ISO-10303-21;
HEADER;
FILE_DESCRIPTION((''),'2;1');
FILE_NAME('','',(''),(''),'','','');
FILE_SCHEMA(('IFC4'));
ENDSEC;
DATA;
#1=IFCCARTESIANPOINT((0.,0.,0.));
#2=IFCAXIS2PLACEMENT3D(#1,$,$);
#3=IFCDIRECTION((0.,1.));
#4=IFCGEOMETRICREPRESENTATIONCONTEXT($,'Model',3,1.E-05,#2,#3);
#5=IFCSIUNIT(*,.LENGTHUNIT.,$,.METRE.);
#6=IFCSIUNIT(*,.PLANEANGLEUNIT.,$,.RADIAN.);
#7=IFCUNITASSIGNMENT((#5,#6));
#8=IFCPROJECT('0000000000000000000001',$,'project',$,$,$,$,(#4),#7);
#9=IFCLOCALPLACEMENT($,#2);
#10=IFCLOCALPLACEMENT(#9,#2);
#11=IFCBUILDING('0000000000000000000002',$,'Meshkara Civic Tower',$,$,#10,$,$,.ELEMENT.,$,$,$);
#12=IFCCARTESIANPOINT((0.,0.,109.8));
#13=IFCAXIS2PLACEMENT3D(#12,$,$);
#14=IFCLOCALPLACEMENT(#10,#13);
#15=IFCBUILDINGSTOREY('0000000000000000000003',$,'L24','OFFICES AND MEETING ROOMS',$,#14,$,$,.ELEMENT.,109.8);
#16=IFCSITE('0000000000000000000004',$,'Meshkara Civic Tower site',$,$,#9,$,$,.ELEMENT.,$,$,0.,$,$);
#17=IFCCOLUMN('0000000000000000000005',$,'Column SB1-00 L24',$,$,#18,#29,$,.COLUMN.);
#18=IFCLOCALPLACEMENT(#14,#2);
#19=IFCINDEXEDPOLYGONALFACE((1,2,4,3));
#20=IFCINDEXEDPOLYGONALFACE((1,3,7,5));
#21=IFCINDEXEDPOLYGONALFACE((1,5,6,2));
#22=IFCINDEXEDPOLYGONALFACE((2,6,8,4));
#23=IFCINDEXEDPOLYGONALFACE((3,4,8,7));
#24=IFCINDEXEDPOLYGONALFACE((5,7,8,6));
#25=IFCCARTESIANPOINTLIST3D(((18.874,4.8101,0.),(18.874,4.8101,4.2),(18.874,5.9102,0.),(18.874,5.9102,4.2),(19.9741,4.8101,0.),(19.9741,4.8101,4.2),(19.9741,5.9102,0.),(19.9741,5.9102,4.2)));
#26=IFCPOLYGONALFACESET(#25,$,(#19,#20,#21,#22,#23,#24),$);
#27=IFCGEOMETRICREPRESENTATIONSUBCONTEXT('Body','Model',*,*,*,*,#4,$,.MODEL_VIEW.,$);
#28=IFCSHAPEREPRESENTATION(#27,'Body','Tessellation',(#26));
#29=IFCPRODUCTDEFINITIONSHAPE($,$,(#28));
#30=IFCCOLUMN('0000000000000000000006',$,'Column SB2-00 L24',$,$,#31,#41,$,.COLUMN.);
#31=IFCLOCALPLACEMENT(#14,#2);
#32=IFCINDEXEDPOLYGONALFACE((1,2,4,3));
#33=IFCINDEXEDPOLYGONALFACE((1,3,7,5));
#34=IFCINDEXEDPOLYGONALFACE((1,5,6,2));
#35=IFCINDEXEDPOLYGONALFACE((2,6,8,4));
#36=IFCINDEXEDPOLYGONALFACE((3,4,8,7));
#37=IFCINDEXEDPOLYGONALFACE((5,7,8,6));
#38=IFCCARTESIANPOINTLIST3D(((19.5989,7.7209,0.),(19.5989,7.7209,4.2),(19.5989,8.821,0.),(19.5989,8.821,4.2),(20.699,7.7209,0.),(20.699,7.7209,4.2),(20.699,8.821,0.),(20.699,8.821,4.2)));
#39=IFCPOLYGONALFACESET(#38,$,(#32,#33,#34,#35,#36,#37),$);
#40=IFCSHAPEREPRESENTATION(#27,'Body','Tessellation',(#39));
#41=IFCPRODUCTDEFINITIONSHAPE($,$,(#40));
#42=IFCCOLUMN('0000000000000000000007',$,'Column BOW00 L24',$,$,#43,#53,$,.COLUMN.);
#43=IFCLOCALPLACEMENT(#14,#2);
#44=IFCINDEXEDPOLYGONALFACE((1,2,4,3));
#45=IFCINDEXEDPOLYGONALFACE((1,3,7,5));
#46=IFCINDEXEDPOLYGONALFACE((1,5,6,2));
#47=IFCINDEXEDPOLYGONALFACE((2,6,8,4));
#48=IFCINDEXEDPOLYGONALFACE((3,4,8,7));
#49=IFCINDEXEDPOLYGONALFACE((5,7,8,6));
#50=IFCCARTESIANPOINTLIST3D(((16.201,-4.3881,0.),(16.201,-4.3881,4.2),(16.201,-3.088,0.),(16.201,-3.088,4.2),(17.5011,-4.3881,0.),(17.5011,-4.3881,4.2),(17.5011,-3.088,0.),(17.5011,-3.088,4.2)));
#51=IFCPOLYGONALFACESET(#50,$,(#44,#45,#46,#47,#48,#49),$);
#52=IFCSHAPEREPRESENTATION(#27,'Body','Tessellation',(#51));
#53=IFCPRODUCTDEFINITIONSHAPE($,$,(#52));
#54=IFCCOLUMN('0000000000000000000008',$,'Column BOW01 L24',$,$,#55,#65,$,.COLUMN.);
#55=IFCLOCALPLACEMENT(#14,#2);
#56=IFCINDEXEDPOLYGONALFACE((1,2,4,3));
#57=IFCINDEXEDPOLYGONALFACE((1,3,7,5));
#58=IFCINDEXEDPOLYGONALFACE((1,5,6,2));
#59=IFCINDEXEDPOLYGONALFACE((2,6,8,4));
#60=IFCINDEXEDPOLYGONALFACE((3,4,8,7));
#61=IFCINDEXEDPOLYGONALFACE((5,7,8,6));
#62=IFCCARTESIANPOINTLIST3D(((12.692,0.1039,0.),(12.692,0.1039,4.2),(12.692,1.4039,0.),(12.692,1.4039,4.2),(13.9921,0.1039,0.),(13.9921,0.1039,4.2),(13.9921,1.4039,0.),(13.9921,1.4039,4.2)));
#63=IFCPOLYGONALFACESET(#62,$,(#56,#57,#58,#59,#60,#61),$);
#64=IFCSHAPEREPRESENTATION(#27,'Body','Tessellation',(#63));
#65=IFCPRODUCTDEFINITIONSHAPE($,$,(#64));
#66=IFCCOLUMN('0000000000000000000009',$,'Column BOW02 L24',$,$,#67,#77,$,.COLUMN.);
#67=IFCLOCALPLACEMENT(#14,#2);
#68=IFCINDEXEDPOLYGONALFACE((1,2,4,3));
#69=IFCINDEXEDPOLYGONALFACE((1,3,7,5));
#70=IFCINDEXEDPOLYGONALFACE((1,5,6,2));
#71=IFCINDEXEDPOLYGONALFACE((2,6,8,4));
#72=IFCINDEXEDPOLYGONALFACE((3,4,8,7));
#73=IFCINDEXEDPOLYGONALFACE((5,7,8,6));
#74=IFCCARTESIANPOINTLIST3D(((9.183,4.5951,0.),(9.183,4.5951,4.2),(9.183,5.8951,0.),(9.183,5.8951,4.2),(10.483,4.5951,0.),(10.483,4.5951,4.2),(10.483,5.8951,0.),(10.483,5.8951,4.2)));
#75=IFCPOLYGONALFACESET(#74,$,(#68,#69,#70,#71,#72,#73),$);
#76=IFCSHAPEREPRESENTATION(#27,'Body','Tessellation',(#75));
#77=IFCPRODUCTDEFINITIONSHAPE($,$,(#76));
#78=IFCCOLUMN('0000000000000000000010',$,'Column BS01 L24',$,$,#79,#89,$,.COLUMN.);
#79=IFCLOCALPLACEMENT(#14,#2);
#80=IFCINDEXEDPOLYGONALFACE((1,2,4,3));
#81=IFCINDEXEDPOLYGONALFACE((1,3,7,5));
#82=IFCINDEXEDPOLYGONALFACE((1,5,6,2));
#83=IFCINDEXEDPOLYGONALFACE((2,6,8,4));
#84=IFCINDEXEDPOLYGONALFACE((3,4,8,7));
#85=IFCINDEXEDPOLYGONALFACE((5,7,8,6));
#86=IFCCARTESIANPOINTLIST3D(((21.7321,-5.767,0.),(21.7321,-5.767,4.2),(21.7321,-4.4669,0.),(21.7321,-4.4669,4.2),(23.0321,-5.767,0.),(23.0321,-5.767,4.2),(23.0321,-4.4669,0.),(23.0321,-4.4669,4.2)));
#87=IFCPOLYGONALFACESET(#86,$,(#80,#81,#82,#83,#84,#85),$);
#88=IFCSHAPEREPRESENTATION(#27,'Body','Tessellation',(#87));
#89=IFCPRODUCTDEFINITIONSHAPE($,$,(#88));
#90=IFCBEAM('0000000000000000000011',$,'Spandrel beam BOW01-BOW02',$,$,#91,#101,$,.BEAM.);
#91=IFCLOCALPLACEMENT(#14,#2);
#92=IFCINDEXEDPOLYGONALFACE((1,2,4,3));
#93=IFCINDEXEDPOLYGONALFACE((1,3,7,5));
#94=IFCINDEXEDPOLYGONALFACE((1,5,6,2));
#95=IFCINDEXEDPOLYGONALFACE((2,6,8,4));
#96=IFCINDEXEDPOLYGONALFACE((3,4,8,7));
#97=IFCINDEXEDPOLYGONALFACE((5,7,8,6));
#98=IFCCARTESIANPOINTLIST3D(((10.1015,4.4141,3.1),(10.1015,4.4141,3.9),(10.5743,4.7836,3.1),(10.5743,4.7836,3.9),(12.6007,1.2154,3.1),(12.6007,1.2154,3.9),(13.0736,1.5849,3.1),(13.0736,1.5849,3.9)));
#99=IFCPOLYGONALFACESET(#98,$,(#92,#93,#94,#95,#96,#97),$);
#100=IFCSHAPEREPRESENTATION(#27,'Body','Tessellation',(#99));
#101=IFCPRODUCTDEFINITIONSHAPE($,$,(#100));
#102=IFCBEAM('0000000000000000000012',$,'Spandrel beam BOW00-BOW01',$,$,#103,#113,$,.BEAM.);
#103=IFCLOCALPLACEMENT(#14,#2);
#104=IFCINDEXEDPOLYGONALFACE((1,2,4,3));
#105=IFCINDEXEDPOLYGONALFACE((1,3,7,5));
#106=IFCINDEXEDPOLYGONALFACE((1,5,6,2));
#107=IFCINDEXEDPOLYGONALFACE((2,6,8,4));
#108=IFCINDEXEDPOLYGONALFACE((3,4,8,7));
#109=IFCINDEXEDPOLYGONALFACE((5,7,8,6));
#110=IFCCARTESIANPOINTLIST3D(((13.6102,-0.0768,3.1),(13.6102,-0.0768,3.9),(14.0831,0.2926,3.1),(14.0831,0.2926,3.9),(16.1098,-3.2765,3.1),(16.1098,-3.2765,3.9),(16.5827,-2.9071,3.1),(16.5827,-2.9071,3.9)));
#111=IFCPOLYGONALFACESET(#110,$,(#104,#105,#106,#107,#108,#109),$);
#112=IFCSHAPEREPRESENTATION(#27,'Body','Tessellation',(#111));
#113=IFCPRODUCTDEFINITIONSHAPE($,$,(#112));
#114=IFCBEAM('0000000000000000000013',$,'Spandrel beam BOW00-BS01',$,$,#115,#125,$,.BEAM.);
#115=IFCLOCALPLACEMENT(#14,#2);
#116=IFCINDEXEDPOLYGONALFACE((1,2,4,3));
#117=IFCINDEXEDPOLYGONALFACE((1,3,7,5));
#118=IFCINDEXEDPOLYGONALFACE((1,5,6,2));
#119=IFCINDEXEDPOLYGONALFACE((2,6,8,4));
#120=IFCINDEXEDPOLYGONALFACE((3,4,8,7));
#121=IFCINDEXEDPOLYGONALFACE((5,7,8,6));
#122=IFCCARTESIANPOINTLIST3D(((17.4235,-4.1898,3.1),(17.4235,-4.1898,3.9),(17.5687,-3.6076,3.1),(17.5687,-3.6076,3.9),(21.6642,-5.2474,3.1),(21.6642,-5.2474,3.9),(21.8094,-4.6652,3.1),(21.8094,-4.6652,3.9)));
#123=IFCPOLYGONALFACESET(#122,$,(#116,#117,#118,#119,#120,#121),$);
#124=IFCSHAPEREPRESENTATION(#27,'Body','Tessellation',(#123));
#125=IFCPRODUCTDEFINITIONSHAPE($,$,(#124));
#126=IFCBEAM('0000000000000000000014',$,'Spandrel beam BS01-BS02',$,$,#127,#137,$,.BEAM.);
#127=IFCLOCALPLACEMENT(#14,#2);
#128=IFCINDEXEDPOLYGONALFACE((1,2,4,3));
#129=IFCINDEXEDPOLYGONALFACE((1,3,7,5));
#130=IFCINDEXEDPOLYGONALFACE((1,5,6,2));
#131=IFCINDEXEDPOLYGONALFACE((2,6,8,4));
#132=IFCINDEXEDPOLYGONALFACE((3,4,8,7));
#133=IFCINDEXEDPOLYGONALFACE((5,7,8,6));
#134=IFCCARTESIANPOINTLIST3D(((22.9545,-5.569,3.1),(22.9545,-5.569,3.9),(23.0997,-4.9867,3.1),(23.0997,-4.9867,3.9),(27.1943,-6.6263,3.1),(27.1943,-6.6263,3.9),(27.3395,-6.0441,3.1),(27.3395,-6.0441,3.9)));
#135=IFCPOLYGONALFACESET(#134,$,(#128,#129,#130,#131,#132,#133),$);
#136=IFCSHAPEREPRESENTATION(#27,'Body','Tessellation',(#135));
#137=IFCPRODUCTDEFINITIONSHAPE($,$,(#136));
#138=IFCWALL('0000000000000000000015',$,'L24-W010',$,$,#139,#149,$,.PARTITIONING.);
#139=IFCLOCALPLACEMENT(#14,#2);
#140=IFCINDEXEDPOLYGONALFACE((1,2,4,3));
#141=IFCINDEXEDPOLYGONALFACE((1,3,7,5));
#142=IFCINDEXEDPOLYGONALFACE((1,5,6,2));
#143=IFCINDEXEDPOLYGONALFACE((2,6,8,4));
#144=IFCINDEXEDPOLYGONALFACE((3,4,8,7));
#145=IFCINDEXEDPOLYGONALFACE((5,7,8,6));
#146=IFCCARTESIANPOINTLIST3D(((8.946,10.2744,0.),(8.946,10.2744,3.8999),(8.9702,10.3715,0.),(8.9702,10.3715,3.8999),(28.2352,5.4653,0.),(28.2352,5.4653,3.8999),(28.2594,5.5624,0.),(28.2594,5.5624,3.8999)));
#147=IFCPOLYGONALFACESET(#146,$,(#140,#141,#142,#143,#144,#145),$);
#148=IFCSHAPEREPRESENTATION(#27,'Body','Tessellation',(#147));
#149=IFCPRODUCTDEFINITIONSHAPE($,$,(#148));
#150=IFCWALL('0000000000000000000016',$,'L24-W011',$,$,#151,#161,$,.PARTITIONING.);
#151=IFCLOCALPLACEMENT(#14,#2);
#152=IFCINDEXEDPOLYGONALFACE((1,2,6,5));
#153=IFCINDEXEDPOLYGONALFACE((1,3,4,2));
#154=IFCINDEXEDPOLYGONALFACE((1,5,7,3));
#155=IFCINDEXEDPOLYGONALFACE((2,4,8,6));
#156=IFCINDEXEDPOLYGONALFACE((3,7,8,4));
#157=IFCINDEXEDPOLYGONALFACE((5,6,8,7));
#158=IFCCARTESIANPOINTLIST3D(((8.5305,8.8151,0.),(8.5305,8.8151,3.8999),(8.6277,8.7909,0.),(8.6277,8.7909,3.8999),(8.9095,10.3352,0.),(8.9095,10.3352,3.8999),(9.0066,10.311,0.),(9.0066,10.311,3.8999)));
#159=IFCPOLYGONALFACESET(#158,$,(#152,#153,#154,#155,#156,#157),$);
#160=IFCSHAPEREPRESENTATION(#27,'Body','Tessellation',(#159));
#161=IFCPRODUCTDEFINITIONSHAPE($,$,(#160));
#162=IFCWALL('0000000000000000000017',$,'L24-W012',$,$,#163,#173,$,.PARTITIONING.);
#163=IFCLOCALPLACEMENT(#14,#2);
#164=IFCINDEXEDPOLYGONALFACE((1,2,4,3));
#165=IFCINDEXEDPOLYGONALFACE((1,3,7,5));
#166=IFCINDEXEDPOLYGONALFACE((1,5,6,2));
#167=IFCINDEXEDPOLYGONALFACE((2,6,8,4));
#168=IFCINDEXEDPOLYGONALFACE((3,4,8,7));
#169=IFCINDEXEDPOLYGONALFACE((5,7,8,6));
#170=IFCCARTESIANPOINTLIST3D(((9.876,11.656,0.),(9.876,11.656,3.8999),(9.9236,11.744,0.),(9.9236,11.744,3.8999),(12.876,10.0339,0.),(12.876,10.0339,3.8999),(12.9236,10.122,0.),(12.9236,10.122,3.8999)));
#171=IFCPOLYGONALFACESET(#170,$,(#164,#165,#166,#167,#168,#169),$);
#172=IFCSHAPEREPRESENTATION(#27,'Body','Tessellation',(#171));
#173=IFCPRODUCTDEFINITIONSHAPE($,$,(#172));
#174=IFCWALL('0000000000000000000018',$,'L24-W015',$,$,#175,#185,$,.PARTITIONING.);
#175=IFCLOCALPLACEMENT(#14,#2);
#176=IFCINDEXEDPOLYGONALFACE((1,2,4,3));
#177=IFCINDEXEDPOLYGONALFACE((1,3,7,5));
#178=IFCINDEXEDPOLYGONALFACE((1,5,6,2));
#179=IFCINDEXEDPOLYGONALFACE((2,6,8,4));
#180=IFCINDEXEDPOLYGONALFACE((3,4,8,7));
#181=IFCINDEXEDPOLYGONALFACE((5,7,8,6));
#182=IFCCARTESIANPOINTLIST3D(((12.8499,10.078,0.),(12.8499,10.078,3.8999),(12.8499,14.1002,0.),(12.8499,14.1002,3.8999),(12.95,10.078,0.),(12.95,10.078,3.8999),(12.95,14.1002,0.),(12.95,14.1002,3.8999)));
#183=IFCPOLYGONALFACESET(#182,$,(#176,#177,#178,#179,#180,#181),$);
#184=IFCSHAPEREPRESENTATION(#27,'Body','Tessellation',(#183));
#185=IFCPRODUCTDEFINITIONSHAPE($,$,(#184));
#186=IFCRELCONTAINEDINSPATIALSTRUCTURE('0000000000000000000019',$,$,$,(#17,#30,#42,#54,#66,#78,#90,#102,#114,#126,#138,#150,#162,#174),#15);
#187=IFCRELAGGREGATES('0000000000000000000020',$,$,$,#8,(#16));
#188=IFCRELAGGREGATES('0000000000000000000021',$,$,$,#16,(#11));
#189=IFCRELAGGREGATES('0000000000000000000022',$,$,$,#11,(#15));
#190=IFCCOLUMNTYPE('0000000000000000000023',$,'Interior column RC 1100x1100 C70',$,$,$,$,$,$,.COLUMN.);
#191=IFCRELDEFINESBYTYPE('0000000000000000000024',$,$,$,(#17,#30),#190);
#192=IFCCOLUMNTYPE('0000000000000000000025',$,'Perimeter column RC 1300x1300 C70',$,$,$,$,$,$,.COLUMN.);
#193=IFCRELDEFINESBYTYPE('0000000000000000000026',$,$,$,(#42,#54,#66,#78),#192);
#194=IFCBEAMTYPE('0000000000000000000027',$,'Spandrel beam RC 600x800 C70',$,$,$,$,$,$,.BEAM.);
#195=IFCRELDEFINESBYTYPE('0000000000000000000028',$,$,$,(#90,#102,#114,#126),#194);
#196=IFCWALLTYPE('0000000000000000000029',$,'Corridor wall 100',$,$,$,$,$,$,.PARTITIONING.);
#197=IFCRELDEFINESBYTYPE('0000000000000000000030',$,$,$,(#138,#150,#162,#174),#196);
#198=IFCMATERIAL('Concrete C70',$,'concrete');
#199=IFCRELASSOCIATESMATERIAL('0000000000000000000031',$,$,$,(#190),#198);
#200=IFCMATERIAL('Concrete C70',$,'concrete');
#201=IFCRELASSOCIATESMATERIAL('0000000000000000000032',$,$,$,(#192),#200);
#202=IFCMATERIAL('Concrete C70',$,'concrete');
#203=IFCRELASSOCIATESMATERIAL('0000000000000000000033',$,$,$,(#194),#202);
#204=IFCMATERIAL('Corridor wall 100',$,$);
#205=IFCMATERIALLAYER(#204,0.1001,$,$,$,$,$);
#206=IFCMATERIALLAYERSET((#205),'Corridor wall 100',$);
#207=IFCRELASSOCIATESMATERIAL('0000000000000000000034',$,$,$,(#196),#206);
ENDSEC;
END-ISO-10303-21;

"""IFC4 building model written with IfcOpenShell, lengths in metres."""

from ifc_helpers import new_model, si_unit, direction, frame, frame_2d, origin, origin_2d, place, context, subcontext, project, spatial, rectangle, extrude, material, layer, layer_set, material_profile, profile_set, type_object, element, save


model = new_model("IFC4")

# Units and contexts
model_context = context("Model", 3, precision=1e-05, world=origin(), true_north=direction((0.0, 1.0)))
body_context = subcontext(model_context, "Body", "Model", "MODEL_VIEW")
ifc_project = project(units=[si_unit("LENGTHUNIT", "METRE"), si_unit("PLANEANGLEUNIT", "RADIAN")], contexts=[model_context])

# Site, building, storey
site_placement = place(None, origin())
site = spatial("IfcSite", under=ifc_project, at=site_placement, Name="Meshkara Civic Tower site", CompositionType="ELEMENT", RefElevation=0.0)
building_placement = place(site_placement, origin())
building = spatial("IfcBuilding", under=site, at=building_placement, Name="Meshkara Civic Tower", CompositionType="ELEMENT")
storey_placement = place(building_placement, frame((0.0, 0.0, 109.8)))
storey = spatial("IfcBuildingStorey", under=building, at=storey_placement, Name="L24", Description="OFFICES AND MEETING ROOMS", CompositionType="ELEMENT", Elevation=109.8)

# Columns
ifc_material_1 = material(Name="Concrete C70", Category="concrete")
ifc_material_profile_1 = material_profile(ifc_material_1, rectangle(XDim=1.1001, YDim=1.1001, at=origin_2d()))
ifc_profile_set_1 = profile_set([ifc_material_profile_1], Name="Concrete C70")
column_type_1 = type_object("IfcColumnType", Name="Interior column RC 1100x1100 C70", PredefinedType="COLUMN", material=ifc_profile_set_1)
for number, where, z_axis, x_axis, name in (
    (1, (19.4241, 5.3601, 0.0), (0.0, 0.0, 1.0), (1.0, 0.0, 0.0), "Column SB1-00 L24"),
    (2, (20.1489, 8.271, 0.0), (0.0, 0.0, 1.0), (1.0, 0.0, 0.0), "Column SB2-00 L24"),
):
    element("IfcColumn", number, at=place(storey_placement, frame(where, z_axis=z_axis, x_axis=x_axis)), inside=storey, type_object=column_type_1, Name=name, PredefinedType="COLUMN", context=body_context, shape_type="SweptSolid", body=[
        extrude(rectangle(XDim=1.1001, YDim=1.1001, at=origin_2d()), origin(), (0.0, 0.0, 1.0), 4.2),
    ])
ifc_material_2 = material(Name="Concrete C70", Category="concrete")
ifc_material_profile_2 = material_profile(ifc_material_2, rectangle(XDim=1.3, YDim=1.3, at=origin_2d()))
ifc_profile_set_2 = profile_set([ifc_material_profile_2], Name="Concrete C70")
column_type_2 = type_object("IfcColumnType", Name="Perimeter column RC 1300x1300 C70", PredefinedType="COLUMN", material=ifc_profile_set_2)
for number, where, z_axis, x_axis, name in (
    (3, (16.8511, -3.738, 0.0), (0.0, 0.0, 1.0), (1.0, 0.0, 0.0), "Column BOW00 L24"),
    (4, (13.342, 0.7539, 0.0), (0.0, 0.0, 1.0), (1.0, 0.0, 0.0), "Column BOW01 L24"),
    (5, (9.833, 5.2451, 0.0), (0.0, 0.0, 1.0), (1.0, 0.0, 0.0), "Column BOW02 L24"),
    (6, (22.3821, -5.1169, 0.0), (0.0, 0.0, 1.0), (1.0, 0.0, 0.0), "Column BS01 L24"),
):
    element("IfcColumn", number, at=place(storey_placement, frame(where, z_axis=z_axis, x_axis=x_axis)), inside=storey, type_object=column_type_2, Name=name, PredefinedType="COLUMN", context=body_context, shape_type="SweptSolid", body=[
        extrude(rectangle(XDim=1.3, YDim=1.3, at=origin_2d()), origin(), (0.0, 0.0, 1.0), 4.2),
    ])

# Beams
ifc_material_3 = material(Name="Concrete C70", Category="concrete")
ifc_material_profile_3 = material_profile(ifc_material_3, rectangle(XDim=0.6001, YDim=0.8, at=origin_2d()))
ifc_profile_set_3 = profile_set([ifc_material_profile_3], Name="Concrete C70")
beam_type = type_object("IfcBeamType", Name="Spandrel beam RC 600x800 C70", PredefinedType="BEAM", material=ifc_profile_set_3)
beam_1_placement = place(storey_placement, frame((10.3379, 4.5989, 3.5), z_axis=(0.615684, -0.787993, 0.0), x_axis=(0.787993, 0.615684, 0.0)))
element("IfcBeam", 7, at=beam_1_placement, inside=storey, type_object=beam_type, Name="Spandrel beam BOW01-BOW02", PredefinedType="BEAM", context=body_context, shape_type="SweptSolid", body=[
    extrude(rectangle(XDim=0.6001, YDim=0.8, at=origin_2d()), origin(), (0.0, 0.0, 1.0), 4.0593),
])
beam_2_placement = place(storey_placement, frame((13.8467, 0.1079, 3.5), z_axis=(0.615604, -0.788055, 0.0), x_axis=(0.788055, 0.615604, 0.0)))
element("IfcBeam", 8, at=beam_2_placement, inside=storey, type_object=beam_type, Name="Spandrel beam BOW00-BOW01", PredefinedType="BEAM", context=body_context, shape_type="SweptSolid", body=[
    extrude(rectangle(XDim=0.6001, YDim=0.8, at=origin_2d()), origin(), (0.0, 0.0, 1.0), 4.0603),
])
beam_3_placement = place(storey_placement, frame((17.4961, -3.8987, 3.5), z_axis=(0.97028, -0.241984, 0.0), x_axis=(0.241984, 0.97028, 0.0)))
element("IfcBeam", 9, at=beam_3_placement, inside=storey, type_object=beam_type, Name="Spandrel beam BOW00-BS01", PredefinedType="BEAM", context=body_context, shape_type="SweptSolid", body=[
    extrude(rectangle(XDim=0.6001, YDim=0.8, at=origin_2d()), origin(), (0.0, 0.0, 1.0), 4.3706),
])
beam_4_placement = place(storey_placement, frame((23.0271, -5.2778, 3.5), z_axis=(0.97028, -0.241983, 0.0), x_axis=(0.241983, 0.97028, 0.0)))
element("IfcBeam", 10, at=beam_4_placement, inside=storey, type_object=beam_type, Name="Spandrel beam BS01-BS02", PredefinedType="BEAM", context=body_context, shape_type="SweptSolid", body=[
    extrude(rectangle(XDim=0.6001, YDim=0.8, at=origin_2d()), origin(), (0.0, 0.0, 1.0), 4.3696),
])

# Walls
ifc_material_4 = material(Name="Corridor wall 100")
ifc_layer_1 = layer(ifc_material_4, 0.1001)
ifc_layer_set_1 = layer_set([ifc_layer_1], Name="Corridor wall 100")
wall_type_1 = type_object("IfcWallType", Name="Corridor wall 100", PredefinedType="PARTITIONING", material=ifc_layer_set_1)
wall_1_placement = place(storey_placement, frame((8.958, 10.323, 0.0), z_axis=(0.0, 0.0, 1.0), x_axis=(0.970298, -0.241911, 0.0)))
element("IfcWall", 11, at=wall_1_placement, inside=storey, type_object=wall_type_1, Name="L24-W010", PredefinedType="PARTITIONING", context=body_context, shape_type="SweptSolid", body=[
    extrude(rectangle(XDim=19.8796, YDim=0.1001, at=frame_2d((9.9399, 0.0))), origin(), (0.0, 0.0, 1.0), 3.8999),
])
wall_2_placement = place(storey_placement, frame((8.958, 10.323, 0.0), z_axis=(0.0, 0.0, 1.0), x_axis=(-0.241876, -0.970307, 0.0)))
element("IfcWall", 12, at=wall_2_placement, inside=storey, type_object=wall_type_1, Name="L24-W011", PredefinedType="PARTITIONING", context=body_context, shape_type="SweptSolid", body=[
    extrude(rectangle(XDim=1.5667, YDim=0.1001, at=frame_2d((0.7832, 0.0))), origin(), (0.0, 0.0, 1.0), 3.8999),
])
wall_3_placement = place(storey_placement, frame((9.8999, 11.7, 0.0), z_axis=(0.0, 0.0, 1.0), x_axis=(0.879651, -0.475619, 0.0)))
element("IfcWall", 13, at=wall_3_placement, inside=storey, type_object=wall_type_1, Name="L24-W012", PredefinedType="PARTITIONING", context=body_context, shape_type="SweptSolid", body=[
    extrude(rectangle(XDim=3.4104, YDim=0.1001, at=frame_2d((1.7051, 0.0))), origin(), (0.0, 0.0, 1.0), 3.8999),
])
wall_4_placement = place(storey_placement, frame((12.8999, 10.0779, 0.0), z_axis=(0.0, 0.0, 1.0), x_axis=(0.0, 1.0, 0.0)))
element("IfcWall", 14, at=wall_4_placement, inside=storey, type_object=wall_type_1, Name="L24-W015", PredefinedType="PARTITIONING", context=body_context, shape_type="SweptSolid", body=[
    extrude(rectangle(XDim=4.0222, YDim=0.1001, at=frame_2d((2.0112, 0.0))), origin(), (0.0, 0.0, 1.0), 3.8999),
])

save(model, "model.ifc")
